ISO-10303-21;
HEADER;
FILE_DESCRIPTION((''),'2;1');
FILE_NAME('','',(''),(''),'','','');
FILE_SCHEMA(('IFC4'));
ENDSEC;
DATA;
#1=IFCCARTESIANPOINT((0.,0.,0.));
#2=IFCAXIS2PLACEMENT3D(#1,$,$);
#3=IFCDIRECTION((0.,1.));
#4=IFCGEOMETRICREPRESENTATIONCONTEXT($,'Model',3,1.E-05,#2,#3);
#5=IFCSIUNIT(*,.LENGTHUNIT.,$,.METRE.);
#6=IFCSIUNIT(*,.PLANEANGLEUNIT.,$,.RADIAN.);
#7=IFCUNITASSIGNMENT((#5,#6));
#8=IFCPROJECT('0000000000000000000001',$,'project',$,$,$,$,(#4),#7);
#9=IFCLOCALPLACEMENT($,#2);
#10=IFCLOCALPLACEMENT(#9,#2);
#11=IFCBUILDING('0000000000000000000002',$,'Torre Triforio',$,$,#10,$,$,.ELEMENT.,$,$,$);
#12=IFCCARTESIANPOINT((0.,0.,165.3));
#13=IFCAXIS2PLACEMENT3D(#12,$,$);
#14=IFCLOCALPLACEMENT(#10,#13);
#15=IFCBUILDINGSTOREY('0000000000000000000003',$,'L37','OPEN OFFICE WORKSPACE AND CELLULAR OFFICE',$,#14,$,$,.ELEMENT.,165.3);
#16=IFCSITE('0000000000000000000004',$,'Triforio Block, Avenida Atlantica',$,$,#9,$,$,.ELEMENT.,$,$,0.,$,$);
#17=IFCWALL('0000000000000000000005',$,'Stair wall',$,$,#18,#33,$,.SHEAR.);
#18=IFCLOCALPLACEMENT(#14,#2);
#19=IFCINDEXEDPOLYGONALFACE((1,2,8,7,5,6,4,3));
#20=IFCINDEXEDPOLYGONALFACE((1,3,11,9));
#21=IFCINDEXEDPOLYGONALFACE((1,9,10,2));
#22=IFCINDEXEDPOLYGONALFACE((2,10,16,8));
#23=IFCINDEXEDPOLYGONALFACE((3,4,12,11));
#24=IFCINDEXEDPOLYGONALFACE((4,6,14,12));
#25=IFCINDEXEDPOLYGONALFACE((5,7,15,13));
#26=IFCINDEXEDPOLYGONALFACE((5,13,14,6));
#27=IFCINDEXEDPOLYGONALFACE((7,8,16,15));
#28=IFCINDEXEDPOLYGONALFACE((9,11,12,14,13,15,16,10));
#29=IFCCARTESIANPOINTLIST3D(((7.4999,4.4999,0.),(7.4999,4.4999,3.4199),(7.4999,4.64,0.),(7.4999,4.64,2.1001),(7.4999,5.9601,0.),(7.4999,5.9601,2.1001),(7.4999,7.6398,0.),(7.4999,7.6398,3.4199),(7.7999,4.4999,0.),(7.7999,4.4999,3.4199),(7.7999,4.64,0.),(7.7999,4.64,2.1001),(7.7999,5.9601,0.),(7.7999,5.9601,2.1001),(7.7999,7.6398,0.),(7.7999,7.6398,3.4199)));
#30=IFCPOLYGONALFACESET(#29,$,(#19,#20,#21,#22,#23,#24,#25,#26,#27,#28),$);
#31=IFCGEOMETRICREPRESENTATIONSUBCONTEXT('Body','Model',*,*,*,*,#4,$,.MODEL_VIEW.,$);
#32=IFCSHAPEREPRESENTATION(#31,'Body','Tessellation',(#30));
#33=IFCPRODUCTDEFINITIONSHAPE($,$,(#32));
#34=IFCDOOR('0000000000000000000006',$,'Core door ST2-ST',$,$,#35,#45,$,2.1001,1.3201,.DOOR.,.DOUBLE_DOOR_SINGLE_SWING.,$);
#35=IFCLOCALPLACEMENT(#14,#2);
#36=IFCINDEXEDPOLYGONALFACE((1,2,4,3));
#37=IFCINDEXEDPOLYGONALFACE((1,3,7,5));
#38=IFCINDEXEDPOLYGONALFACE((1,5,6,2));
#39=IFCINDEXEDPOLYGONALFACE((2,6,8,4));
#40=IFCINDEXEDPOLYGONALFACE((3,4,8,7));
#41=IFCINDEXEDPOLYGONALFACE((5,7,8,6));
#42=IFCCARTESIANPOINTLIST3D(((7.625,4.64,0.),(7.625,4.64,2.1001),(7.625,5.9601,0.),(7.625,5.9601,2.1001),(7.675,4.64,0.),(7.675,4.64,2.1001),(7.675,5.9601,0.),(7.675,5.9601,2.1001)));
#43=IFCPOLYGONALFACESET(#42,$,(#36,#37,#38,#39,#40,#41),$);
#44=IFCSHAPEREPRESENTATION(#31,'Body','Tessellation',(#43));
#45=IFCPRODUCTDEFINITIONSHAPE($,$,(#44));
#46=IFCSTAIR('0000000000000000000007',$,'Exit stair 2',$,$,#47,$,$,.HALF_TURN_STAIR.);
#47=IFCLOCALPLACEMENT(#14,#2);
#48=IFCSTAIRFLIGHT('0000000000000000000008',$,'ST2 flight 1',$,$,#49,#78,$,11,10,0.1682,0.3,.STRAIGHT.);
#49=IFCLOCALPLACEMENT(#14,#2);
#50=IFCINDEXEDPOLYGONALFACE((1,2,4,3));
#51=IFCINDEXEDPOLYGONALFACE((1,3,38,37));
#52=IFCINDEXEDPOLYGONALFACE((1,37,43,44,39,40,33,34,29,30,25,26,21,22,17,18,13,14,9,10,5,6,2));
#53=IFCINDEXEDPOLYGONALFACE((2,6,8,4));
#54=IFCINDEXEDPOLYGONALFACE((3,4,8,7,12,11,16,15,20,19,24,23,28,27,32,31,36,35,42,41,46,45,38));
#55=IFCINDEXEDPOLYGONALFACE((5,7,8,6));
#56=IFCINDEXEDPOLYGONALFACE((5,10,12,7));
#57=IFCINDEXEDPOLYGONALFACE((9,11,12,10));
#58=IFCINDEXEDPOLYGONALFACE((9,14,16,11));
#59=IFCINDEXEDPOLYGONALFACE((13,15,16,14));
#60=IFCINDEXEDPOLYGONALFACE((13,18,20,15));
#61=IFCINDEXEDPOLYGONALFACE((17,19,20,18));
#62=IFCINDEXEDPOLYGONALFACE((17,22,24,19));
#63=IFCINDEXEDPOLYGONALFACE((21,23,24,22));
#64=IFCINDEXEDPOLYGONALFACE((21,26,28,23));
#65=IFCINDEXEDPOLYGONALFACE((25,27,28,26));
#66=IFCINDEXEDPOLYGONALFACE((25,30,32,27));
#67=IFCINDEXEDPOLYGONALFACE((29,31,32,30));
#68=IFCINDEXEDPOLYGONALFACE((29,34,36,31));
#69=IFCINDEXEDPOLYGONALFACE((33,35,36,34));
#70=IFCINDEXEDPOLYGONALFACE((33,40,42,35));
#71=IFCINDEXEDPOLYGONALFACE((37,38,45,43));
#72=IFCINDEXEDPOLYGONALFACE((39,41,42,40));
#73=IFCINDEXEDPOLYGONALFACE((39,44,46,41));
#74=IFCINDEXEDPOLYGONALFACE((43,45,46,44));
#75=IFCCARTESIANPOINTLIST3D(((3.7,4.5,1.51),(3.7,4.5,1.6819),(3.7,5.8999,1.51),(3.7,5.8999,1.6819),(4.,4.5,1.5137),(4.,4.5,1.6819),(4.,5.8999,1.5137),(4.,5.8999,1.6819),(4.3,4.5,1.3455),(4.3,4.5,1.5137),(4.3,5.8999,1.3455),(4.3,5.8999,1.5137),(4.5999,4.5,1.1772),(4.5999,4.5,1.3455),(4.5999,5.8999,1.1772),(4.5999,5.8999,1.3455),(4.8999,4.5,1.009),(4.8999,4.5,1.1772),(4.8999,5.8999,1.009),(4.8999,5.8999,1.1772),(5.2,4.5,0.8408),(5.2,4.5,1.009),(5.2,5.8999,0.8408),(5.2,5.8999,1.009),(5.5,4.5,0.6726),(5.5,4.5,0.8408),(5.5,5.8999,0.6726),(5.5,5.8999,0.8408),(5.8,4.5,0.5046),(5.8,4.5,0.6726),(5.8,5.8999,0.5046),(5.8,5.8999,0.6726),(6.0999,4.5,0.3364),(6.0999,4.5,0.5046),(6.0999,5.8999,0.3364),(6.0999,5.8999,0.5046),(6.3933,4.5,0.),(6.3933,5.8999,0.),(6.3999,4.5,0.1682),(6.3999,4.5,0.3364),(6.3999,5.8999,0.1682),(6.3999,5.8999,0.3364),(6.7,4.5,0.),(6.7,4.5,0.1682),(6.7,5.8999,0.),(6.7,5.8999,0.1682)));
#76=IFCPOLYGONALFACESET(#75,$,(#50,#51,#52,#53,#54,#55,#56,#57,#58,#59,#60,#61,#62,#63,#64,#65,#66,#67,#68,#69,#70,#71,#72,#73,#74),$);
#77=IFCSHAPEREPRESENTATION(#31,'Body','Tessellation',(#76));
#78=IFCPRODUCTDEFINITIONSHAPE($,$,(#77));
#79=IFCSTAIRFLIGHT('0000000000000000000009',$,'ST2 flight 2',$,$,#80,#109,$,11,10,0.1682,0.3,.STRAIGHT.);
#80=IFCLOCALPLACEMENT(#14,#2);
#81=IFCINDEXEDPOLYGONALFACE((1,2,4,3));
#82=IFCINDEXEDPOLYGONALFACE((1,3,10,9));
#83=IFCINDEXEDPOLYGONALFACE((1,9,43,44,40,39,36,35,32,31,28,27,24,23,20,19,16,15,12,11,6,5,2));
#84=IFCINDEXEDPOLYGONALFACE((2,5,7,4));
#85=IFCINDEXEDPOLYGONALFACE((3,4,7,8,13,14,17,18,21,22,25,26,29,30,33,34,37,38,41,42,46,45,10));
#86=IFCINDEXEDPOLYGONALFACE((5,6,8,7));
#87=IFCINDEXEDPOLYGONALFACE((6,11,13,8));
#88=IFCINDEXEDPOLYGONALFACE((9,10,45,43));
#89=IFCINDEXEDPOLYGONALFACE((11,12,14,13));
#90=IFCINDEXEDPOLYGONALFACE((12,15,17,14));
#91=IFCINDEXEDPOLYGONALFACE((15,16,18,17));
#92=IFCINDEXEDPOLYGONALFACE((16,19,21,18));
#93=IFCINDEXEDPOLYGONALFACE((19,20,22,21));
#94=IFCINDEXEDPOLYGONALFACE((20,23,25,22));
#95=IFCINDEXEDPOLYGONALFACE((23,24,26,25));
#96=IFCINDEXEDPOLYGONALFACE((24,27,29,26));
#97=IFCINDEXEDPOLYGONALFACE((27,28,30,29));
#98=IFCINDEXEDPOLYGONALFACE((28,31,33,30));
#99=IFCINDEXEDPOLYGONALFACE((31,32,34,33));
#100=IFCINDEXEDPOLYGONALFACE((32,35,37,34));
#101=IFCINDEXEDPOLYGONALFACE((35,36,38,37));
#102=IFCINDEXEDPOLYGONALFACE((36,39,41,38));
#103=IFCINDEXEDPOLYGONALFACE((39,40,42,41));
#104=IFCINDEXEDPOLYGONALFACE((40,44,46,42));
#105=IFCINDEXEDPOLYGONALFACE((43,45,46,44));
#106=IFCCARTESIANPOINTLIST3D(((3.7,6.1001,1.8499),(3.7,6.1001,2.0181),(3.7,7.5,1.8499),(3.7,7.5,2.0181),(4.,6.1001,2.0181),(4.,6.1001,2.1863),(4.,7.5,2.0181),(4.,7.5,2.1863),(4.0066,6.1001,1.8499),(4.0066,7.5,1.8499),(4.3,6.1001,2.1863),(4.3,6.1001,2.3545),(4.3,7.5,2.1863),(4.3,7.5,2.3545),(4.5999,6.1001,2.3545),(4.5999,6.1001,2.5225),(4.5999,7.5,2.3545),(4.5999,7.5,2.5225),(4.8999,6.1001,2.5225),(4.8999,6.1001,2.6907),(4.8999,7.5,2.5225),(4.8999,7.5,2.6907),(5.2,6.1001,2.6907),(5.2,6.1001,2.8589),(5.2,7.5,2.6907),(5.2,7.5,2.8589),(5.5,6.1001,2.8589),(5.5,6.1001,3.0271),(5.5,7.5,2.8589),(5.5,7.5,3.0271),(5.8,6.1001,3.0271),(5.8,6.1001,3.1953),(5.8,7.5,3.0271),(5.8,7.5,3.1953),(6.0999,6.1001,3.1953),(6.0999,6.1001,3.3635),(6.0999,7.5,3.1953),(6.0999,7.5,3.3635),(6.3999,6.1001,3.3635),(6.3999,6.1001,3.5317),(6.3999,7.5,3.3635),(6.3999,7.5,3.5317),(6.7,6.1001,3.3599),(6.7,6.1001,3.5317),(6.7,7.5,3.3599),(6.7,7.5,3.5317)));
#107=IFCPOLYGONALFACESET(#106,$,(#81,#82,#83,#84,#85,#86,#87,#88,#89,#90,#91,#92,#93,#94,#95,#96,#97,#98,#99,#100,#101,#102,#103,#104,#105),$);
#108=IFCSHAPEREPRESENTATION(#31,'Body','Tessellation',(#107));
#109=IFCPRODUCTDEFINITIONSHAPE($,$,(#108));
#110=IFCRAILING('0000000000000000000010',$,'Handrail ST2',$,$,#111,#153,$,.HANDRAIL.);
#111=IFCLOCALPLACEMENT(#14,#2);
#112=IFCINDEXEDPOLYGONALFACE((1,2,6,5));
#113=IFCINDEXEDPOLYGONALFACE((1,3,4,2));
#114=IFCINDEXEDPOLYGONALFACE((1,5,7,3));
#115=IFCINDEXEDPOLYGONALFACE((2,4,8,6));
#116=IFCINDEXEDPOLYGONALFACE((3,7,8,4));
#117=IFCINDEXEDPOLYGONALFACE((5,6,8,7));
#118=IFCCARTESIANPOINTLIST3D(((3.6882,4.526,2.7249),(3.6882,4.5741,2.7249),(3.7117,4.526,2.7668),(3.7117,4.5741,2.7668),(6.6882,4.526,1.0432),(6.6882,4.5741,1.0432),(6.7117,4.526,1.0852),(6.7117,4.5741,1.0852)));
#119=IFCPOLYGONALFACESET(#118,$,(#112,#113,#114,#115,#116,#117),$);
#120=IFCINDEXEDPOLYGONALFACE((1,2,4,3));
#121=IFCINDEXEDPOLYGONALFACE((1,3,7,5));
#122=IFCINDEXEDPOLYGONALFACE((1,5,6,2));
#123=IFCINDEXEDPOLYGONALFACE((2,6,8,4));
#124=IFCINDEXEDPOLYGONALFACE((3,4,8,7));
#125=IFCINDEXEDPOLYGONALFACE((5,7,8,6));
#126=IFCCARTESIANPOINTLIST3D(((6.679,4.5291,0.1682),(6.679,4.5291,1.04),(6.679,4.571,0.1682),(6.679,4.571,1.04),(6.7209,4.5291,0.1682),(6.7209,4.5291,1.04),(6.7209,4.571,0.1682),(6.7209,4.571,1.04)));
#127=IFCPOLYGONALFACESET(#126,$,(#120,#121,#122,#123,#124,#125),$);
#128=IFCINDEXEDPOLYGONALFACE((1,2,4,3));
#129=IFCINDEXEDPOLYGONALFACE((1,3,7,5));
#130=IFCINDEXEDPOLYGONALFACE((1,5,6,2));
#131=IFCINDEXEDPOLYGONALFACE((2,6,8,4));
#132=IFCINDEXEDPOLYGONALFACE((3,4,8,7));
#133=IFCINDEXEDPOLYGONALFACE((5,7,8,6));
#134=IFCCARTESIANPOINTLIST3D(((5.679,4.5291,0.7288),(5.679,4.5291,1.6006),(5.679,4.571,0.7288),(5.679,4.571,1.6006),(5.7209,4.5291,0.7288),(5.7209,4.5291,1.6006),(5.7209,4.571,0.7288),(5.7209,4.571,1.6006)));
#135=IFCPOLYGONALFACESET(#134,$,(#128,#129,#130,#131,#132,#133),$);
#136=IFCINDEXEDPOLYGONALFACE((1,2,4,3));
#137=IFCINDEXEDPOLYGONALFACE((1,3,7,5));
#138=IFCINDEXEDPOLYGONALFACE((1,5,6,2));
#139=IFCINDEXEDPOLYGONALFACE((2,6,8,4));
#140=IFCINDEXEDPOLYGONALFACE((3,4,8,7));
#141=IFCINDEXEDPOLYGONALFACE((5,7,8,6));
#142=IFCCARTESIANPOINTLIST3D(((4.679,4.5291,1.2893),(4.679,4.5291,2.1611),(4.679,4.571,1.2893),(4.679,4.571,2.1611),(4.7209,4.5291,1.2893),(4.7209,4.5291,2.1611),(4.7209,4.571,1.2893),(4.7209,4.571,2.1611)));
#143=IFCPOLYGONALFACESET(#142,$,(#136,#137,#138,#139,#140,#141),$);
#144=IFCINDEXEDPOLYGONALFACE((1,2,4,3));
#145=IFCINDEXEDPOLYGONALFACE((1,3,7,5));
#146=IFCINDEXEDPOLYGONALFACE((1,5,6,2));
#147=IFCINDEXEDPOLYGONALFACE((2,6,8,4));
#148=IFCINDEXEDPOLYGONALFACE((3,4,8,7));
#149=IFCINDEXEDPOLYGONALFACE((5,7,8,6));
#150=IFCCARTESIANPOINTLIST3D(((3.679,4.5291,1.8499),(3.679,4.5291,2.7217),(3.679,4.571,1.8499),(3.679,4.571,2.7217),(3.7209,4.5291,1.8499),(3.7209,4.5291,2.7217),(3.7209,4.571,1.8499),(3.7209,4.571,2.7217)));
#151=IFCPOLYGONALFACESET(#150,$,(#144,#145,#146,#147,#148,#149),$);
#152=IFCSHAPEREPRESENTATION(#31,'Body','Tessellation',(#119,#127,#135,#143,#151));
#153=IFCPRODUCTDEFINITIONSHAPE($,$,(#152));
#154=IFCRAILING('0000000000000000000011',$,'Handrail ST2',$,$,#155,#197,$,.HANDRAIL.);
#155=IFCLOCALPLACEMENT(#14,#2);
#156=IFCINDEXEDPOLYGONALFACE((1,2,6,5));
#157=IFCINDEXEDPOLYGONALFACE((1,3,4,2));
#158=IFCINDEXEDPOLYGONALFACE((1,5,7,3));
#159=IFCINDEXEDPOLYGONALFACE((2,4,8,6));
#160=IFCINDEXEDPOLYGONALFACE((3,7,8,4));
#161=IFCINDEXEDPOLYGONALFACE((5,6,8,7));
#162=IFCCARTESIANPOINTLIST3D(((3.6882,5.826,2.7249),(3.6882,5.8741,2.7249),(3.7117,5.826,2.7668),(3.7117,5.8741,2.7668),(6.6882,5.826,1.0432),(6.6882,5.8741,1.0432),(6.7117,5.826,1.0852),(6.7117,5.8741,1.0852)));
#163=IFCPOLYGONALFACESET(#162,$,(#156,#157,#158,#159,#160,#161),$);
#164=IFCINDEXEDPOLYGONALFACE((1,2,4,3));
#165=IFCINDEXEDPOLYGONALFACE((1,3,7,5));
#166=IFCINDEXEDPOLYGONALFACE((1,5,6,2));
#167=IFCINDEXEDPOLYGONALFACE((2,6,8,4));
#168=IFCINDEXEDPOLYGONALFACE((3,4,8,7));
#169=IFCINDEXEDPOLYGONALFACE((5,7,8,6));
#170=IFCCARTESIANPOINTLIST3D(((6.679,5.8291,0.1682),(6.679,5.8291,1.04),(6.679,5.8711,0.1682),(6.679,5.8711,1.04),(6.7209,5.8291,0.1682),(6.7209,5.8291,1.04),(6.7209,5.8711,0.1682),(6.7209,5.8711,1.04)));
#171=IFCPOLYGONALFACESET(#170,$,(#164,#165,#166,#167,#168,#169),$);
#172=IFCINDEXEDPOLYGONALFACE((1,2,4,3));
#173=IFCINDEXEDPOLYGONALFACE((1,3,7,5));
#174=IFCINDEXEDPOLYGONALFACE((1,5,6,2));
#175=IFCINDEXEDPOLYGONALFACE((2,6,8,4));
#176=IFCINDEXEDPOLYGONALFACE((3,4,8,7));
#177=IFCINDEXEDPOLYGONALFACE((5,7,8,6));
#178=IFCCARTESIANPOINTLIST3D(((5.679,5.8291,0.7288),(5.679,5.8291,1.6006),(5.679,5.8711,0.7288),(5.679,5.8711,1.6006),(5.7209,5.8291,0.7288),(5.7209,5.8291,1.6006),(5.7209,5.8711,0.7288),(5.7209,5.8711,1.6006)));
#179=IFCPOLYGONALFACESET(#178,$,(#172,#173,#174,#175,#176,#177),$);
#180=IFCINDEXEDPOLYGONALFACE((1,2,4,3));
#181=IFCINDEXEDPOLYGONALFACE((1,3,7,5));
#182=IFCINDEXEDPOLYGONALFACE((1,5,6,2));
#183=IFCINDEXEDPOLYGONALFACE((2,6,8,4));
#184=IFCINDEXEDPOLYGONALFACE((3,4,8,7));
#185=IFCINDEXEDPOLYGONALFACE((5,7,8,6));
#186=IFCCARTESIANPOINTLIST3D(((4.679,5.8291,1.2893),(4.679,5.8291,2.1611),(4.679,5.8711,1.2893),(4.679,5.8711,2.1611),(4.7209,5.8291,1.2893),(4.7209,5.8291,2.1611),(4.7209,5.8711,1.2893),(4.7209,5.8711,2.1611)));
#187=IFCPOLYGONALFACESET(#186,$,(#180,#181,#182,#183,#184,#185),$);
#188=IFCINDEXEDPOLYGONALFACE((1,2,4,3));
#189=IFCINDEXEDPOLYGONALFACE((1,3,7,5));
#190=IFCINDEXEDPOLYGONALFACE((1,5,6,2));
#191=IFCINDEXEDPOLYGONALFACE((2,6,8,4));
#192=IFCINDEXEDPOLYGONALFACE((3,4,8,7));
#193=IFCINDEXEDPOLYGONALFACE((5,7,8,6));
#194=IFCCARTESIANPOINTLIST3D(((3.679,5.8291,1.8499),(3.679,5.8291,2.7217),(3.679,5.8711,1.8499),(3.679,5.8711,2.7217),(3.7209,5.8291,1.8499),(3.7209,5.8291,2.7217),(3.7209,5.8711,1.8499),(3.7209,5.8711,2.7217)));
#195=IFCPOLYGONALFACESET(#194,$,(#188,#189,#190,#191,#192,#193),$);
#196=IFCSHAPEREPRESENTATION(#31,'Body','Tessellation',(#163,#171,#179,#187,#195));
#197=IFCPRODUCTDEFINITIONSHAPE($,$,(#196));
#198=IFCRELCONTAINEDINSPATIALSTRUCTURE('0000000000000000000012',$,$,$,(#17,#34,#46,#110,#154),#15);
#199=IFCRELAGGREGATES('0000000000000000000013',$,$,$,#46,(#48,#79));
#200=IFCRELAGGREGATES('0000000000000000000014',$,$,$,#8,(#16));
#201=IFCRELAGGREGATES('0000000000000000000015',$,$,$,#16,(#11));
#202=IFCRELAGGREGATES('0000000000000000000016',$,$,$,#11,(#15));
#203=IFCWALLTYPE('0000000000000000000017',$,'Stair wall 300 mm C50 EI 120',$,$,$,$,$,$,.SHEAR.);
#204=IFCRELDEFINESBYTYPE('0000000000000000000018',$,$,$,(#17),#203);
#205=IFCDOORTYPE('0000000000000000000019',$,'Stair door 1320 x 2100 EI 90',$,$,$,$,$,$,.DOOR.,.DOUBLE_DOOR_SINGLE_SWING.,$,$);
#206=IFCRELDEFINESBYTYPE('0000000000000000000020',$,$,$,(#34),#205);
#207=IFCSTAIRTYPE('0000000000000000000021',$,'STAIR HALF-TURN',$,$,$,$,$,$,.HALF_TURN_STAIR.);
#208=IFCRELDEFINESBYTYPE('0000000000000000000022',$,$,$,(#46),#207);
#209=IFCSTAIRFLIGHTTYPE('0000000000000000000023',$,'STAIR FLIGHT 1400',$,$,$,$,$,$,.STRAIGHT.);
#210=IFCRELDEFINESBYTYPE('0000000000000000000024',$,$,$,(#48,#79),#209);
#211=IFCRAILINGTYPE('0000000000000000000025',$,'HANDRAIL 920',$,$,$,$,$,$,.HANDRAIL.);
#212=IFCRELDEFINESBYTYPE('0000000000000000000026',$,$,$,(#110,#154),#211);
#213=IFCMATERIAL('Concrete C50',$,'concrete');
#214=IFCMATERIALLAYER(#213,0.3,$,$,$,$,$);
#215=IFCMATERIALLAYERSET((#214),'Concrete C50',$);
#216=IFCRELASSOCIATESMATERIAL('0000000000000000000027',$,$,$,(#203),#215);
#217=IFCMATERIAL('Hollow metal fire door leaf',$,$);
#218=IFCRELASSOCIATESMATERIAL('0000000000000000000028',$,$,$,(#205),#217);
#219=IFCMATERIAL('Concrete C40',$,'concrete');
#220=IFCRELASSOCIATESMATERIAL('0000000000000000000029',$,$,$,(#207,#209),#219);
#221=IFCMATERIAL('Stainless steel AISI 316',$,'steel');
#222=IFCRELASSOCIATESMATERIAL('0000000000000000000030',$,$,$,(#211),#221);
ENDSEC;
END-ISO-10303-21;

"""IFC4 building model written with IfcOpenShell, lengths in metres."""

from ifc_helpers import new_model, si_unit, direction, frame, frame_2d, origin, origin_2d, place, context, subcontext, project, spatial, polyline, rectangle, outline, extrude, material, layer, layer_set, type_object, element, fill, aggregate, save


model = new_model("IFC4")

# Units and contexts
model_context = context("Model", 3, precision=1e-05, world=origin(), true_north=direction((0.0, 1.0)))
body_context = subcontext(model_context, "Body", "Model", "MODEL_VIEW")
ifc_project = project(units=[si_unit("LENGTHUNIT", "METRE"), si_unit("PLANEANGLEUNIT", "RADIAN")], contexts=[model_context])

# Site, building, storey
site_placement = place(None, origin())
site = spatial("IfcSite", under=ifc_project, at=site_placement, Name="Triforio Block, Avenida Atlantica", CompositionType="ELEMENT", RefElevation=0.0)
building_placement = place(site_placement, origin())
building = spatial("IfcBuilding", under=site, at=building_placement, Name="Torre Triforio", CompositionType="ELEMENT")
storey_placement = place(building_placement, frame((0.0, 0.0, 165.3)))
storey = spatial("IfcBuildingStorey", under=building, at=storey_placement, Name="L37", Description="OPEN OFFICE WORKSPACE AND CELLULAR OFFICE", CompositionType="ELEMENT", Elevation=165.3)

# Shared definitions
ifc_material_1 = material(Name="Concrete C50", Category="concrete")

# Shared definitions
ifc_material_2 = material(Name="Hollow metal fire door leaf")

# Wall, opening, door
ifc_layer_1 = layer(ifc_material_1, 0.3)
ifc_layer_set_1 = layer_set([ifc_layer_1], Name="Concrete C50")
wall_type_1 = type_object("IfcWallType", Name="Stair wall 300 mm C50 EI 120", PredefinedType="SHEAR", material=ifc_layer_set_1)
wall_1_placement = place(storey_placement, frame((7.6499, 4.5, 0.0), z_axis=(0.0, 0.0, 1.0), x_axis=(0.0, 1.0, 0.0)))
wall_1 = element("IfcWall", 1, at=wall_1_placement, inside=storey, type_object=wall_type_1, Name="Stair wall", PredefinedType="SHEAR", context=body_context, shape_type="SweptSolid", body=[
    extrude(rectangle(XDim=3.1399, YDim=0.3, at=frame_2d((1.5698, 0.0))), origin(), (0.0, 0.0, 1.0), 3.4199),
])
opening_1_placement = place(wall_1_placement, frame((0.1399, 0.0, 0.0)))
opening_1 = element("IfcOpeningElement", 2, at=opening_1_placement, cuts=wall_1, PredefinedType="OPENING", context=body_context, shape_type="SweptSolid", body=[
    extrude(rectangle(XDim=1.3201, YDim=2.1001, at=frame_2d((0.6602, 1.05))), frame((0.0, 0.1599, 0.0), z_axis=(0.0, -1.0, 0.0), x_axis=(1.0, 0.0, 0.0)), (0.0, 0.0, 1.0), 0.3201),
])
door_type_1 = type_object("IfcDoorType", Name="Stair door 1320 x 2100 EI 90", OperationType="DOUBLE_DOOR_SINGLE_SWING", PredefinedType="DOOR", material=ifc_material_2)
door_1_placement = place(opening_1_placement, origin())
door_1 = element("IfcDoor", 3, at=door_1_placement, inside=storey, type_object=door_type_1, Name="Core door ST2-ST", OperationType="DOUBLE_DOOR_SINGLE_SWING", OverallHeight=2.1001, OverallWidth=1.3201, PredefinedType="DOOR", context=body_context, shape_type="SweptSolid", body=[
    extrude(rectangle(XDim=1.3201, YDim=2.1001, at=frame_2d((0.6602, 1.05))), frame((0.0, 0.0249, 0.0), z_axis=(0.0, -1.0, 0.0), x_axis=(1.0, 0.0, 0.0)), (0.0, 0.0, 1.0), 0.05),
])
fill(opening_1, door_1)

# Stair, stair flights
ifc_material_3 = material(Name="Concrete C40", Category="concrete")
stair_type = type_object("IfcStairType", Name="STAIR HALF-TURN", PredefinedType="HALF_TURN_STAIR", material=ifc_material_3)
stair_placement = place(storey_placement, origin())
stair = element("IfcStair", 4, at=stair_placement, inside=storey, type_object=stair_type, Name="Exit stair 2", PredefinedType="HALF_TURN_STAIR")
stair_flight_type = type_object("IfcStairFlightType", Name="STAIR FLIGHT 1400", PredefinedType="STRAIGHT", material=ifc_material_3)
stair_flight_1_placement = place(storey_placement, frame((6.7, 5.2, 0.0), z_axis=(0.0, 0.0, 1.0), x_axis=(-1.0, 0.0, 0.0)))
stair_flight_1 = element("IfcStairFlight", 5, at=stair_flight_1_placement, type_object=stair_flight_type, Name="ST2 flight 1", NumberOfRisers=11, NumberOfTreads=10, PredefinedType="STRAIGHT", RiserHeight=0.1682, TreadLength=0.3, context=body_context, shape_type="SweptSolid", body=[
    extrude(outline(polyline([(0.0, 0.0), (0.0, 0.1682), (0.3, 0.1682), (0.3, 0.3364), (0.6001, 0.3364), (0.6001, 0.5046), (0.8999, 0.5046), (0.8999, 0.6726), (1.2, 0.6726), (1.2, 0.8408), (1.5, 0.8408), (1.5, 1.009), (1.8, 1.009), (1.8, 1.1772), (2.1001, 1.1772), (2.1001, 1.3455), (2.3999, 1.3455), (2.3999, 1.5137), (2.7, 1.5137), (2.7, 1.6819), (3.0, 1.6819), (3.0, 1.8501), (3.0, 1.51), (0.3066, 0.0), (0.0, 0.0)])), frame((0.0, 0.7, 0.0), z_axis=(0.0, -1.0, 0.0), x_axis=(1.0, 0.0, 0.0)), (0.0, 0.0, 1.0), 1.3999),
])
stair_flight_2_placement = place(storey_placement, frame((3.7, 6.8, 1.8499), z_axis=(0.0, 0.0, 1.0), x_axis=(1.0, 0.0, 0.0)))
stair_flight_2 = element("IfcStairFlight", 6, at=stair_flight_2_placement, type_object=stair_flight_type, Name="ST2 flight 2", NumberOfRisers=11, NumberOfTreads=10, PredefinedType="STRAIGHT", RiserHeight=0.1682, TreadLength=0.3, context=body_context, shape_type="SweptSolid", body=[
    extrude(outline(polyline([(0.0, 0.0), (0.0, 0.1682), (0.3, 0.1682), (0.3, 0.3364), (0.6001, 0.3364), (0.6001, 0.5046), (0.8999, 0.5046), (0.8999, 0.6726), (1.2, 0.6726), (1.2, 0.8408), (1.5, 0.8408), (1.5, 1.009), (1.8, 1.009), (1.8, 1.1772), (2.1001, 1.1772), (2.1001, 1.3455), (2.3999, 1.3455), (2.3999, 1.5137), (2.7, 1.5137), (2.7, 1.6819), (3.0, 1.6819), (3.0, 1.8501), (3.0, 1.51), (0.3066, 0.0), (0.0, 0.0)])), frame((0.0, 0.7, 0.0), z_axis=(0.0, -1.0, 0.0), x_axis=(1.0, 0.0, 0.0)), (0.0, 0.0, 1.0), 1.3999),
])
aggregate(stair, [stair_flight_1, stair_flight_2])

# Railings
ifc_material_4 = material(Name="Stainless steel AISI 316", Category="steel")
railing_type = type_object("IfcRailingType", Name="HANDRAIL 920", PredefinedType="HANDRAIL", material=ifc_material_4)
for number, where, name in (
    (7, (6.7, 4.55, 0.1682), "Handrail ST2"),
    (8, (6.7, 5.8501, 0.1682), "Handrail ST2"),
):
    element("IfcRailing", number, at=place(storey_placement, frame(where)), inside=storey, type_object=railing_type, Name=name, PredefinedType="HANDRAIL", context=body_context, shape_type="SweptSolid", body=[
        extrude(rectangle(XDim=0.0481, YDim=0.0481, at=origin_2d()), frame((0.0, 0.0, 0.896), z_axis=(-0.872303, 0.0, 0.488966), x_axis=(0.0, -1.0, 0.0)), (0.0, 0.0, 1.0), 3.4392),
        extrude(rectangle(XDim=0.042, YDim=0.042, at=origin_2d()), origin(), (0.0, 0.0, 1.0), 0.8718),
        extrude(rectangle(XDim=0.042, YDim=0.042, at=origin_2d()), frame((-1.0, 0.0, 0.5605)), (0.0, 0.0, 1.0), 0.8718),
        extrude(rectangle(XDim=0.042, YDim=0.042, at=origin_2d()), frame((-2.0, 0.0, 1.1211)), (0.0, 0.0, 1.0), 0.8718),
        extrude(rectangle(XDim=0.042, YDim=0.042, at=origin_2d()), frame((-3.0, 0.0, 1.6816)), (0.0, 0.0, 1.0), 0.8718),
    ])

save(model, "model.ifc")
